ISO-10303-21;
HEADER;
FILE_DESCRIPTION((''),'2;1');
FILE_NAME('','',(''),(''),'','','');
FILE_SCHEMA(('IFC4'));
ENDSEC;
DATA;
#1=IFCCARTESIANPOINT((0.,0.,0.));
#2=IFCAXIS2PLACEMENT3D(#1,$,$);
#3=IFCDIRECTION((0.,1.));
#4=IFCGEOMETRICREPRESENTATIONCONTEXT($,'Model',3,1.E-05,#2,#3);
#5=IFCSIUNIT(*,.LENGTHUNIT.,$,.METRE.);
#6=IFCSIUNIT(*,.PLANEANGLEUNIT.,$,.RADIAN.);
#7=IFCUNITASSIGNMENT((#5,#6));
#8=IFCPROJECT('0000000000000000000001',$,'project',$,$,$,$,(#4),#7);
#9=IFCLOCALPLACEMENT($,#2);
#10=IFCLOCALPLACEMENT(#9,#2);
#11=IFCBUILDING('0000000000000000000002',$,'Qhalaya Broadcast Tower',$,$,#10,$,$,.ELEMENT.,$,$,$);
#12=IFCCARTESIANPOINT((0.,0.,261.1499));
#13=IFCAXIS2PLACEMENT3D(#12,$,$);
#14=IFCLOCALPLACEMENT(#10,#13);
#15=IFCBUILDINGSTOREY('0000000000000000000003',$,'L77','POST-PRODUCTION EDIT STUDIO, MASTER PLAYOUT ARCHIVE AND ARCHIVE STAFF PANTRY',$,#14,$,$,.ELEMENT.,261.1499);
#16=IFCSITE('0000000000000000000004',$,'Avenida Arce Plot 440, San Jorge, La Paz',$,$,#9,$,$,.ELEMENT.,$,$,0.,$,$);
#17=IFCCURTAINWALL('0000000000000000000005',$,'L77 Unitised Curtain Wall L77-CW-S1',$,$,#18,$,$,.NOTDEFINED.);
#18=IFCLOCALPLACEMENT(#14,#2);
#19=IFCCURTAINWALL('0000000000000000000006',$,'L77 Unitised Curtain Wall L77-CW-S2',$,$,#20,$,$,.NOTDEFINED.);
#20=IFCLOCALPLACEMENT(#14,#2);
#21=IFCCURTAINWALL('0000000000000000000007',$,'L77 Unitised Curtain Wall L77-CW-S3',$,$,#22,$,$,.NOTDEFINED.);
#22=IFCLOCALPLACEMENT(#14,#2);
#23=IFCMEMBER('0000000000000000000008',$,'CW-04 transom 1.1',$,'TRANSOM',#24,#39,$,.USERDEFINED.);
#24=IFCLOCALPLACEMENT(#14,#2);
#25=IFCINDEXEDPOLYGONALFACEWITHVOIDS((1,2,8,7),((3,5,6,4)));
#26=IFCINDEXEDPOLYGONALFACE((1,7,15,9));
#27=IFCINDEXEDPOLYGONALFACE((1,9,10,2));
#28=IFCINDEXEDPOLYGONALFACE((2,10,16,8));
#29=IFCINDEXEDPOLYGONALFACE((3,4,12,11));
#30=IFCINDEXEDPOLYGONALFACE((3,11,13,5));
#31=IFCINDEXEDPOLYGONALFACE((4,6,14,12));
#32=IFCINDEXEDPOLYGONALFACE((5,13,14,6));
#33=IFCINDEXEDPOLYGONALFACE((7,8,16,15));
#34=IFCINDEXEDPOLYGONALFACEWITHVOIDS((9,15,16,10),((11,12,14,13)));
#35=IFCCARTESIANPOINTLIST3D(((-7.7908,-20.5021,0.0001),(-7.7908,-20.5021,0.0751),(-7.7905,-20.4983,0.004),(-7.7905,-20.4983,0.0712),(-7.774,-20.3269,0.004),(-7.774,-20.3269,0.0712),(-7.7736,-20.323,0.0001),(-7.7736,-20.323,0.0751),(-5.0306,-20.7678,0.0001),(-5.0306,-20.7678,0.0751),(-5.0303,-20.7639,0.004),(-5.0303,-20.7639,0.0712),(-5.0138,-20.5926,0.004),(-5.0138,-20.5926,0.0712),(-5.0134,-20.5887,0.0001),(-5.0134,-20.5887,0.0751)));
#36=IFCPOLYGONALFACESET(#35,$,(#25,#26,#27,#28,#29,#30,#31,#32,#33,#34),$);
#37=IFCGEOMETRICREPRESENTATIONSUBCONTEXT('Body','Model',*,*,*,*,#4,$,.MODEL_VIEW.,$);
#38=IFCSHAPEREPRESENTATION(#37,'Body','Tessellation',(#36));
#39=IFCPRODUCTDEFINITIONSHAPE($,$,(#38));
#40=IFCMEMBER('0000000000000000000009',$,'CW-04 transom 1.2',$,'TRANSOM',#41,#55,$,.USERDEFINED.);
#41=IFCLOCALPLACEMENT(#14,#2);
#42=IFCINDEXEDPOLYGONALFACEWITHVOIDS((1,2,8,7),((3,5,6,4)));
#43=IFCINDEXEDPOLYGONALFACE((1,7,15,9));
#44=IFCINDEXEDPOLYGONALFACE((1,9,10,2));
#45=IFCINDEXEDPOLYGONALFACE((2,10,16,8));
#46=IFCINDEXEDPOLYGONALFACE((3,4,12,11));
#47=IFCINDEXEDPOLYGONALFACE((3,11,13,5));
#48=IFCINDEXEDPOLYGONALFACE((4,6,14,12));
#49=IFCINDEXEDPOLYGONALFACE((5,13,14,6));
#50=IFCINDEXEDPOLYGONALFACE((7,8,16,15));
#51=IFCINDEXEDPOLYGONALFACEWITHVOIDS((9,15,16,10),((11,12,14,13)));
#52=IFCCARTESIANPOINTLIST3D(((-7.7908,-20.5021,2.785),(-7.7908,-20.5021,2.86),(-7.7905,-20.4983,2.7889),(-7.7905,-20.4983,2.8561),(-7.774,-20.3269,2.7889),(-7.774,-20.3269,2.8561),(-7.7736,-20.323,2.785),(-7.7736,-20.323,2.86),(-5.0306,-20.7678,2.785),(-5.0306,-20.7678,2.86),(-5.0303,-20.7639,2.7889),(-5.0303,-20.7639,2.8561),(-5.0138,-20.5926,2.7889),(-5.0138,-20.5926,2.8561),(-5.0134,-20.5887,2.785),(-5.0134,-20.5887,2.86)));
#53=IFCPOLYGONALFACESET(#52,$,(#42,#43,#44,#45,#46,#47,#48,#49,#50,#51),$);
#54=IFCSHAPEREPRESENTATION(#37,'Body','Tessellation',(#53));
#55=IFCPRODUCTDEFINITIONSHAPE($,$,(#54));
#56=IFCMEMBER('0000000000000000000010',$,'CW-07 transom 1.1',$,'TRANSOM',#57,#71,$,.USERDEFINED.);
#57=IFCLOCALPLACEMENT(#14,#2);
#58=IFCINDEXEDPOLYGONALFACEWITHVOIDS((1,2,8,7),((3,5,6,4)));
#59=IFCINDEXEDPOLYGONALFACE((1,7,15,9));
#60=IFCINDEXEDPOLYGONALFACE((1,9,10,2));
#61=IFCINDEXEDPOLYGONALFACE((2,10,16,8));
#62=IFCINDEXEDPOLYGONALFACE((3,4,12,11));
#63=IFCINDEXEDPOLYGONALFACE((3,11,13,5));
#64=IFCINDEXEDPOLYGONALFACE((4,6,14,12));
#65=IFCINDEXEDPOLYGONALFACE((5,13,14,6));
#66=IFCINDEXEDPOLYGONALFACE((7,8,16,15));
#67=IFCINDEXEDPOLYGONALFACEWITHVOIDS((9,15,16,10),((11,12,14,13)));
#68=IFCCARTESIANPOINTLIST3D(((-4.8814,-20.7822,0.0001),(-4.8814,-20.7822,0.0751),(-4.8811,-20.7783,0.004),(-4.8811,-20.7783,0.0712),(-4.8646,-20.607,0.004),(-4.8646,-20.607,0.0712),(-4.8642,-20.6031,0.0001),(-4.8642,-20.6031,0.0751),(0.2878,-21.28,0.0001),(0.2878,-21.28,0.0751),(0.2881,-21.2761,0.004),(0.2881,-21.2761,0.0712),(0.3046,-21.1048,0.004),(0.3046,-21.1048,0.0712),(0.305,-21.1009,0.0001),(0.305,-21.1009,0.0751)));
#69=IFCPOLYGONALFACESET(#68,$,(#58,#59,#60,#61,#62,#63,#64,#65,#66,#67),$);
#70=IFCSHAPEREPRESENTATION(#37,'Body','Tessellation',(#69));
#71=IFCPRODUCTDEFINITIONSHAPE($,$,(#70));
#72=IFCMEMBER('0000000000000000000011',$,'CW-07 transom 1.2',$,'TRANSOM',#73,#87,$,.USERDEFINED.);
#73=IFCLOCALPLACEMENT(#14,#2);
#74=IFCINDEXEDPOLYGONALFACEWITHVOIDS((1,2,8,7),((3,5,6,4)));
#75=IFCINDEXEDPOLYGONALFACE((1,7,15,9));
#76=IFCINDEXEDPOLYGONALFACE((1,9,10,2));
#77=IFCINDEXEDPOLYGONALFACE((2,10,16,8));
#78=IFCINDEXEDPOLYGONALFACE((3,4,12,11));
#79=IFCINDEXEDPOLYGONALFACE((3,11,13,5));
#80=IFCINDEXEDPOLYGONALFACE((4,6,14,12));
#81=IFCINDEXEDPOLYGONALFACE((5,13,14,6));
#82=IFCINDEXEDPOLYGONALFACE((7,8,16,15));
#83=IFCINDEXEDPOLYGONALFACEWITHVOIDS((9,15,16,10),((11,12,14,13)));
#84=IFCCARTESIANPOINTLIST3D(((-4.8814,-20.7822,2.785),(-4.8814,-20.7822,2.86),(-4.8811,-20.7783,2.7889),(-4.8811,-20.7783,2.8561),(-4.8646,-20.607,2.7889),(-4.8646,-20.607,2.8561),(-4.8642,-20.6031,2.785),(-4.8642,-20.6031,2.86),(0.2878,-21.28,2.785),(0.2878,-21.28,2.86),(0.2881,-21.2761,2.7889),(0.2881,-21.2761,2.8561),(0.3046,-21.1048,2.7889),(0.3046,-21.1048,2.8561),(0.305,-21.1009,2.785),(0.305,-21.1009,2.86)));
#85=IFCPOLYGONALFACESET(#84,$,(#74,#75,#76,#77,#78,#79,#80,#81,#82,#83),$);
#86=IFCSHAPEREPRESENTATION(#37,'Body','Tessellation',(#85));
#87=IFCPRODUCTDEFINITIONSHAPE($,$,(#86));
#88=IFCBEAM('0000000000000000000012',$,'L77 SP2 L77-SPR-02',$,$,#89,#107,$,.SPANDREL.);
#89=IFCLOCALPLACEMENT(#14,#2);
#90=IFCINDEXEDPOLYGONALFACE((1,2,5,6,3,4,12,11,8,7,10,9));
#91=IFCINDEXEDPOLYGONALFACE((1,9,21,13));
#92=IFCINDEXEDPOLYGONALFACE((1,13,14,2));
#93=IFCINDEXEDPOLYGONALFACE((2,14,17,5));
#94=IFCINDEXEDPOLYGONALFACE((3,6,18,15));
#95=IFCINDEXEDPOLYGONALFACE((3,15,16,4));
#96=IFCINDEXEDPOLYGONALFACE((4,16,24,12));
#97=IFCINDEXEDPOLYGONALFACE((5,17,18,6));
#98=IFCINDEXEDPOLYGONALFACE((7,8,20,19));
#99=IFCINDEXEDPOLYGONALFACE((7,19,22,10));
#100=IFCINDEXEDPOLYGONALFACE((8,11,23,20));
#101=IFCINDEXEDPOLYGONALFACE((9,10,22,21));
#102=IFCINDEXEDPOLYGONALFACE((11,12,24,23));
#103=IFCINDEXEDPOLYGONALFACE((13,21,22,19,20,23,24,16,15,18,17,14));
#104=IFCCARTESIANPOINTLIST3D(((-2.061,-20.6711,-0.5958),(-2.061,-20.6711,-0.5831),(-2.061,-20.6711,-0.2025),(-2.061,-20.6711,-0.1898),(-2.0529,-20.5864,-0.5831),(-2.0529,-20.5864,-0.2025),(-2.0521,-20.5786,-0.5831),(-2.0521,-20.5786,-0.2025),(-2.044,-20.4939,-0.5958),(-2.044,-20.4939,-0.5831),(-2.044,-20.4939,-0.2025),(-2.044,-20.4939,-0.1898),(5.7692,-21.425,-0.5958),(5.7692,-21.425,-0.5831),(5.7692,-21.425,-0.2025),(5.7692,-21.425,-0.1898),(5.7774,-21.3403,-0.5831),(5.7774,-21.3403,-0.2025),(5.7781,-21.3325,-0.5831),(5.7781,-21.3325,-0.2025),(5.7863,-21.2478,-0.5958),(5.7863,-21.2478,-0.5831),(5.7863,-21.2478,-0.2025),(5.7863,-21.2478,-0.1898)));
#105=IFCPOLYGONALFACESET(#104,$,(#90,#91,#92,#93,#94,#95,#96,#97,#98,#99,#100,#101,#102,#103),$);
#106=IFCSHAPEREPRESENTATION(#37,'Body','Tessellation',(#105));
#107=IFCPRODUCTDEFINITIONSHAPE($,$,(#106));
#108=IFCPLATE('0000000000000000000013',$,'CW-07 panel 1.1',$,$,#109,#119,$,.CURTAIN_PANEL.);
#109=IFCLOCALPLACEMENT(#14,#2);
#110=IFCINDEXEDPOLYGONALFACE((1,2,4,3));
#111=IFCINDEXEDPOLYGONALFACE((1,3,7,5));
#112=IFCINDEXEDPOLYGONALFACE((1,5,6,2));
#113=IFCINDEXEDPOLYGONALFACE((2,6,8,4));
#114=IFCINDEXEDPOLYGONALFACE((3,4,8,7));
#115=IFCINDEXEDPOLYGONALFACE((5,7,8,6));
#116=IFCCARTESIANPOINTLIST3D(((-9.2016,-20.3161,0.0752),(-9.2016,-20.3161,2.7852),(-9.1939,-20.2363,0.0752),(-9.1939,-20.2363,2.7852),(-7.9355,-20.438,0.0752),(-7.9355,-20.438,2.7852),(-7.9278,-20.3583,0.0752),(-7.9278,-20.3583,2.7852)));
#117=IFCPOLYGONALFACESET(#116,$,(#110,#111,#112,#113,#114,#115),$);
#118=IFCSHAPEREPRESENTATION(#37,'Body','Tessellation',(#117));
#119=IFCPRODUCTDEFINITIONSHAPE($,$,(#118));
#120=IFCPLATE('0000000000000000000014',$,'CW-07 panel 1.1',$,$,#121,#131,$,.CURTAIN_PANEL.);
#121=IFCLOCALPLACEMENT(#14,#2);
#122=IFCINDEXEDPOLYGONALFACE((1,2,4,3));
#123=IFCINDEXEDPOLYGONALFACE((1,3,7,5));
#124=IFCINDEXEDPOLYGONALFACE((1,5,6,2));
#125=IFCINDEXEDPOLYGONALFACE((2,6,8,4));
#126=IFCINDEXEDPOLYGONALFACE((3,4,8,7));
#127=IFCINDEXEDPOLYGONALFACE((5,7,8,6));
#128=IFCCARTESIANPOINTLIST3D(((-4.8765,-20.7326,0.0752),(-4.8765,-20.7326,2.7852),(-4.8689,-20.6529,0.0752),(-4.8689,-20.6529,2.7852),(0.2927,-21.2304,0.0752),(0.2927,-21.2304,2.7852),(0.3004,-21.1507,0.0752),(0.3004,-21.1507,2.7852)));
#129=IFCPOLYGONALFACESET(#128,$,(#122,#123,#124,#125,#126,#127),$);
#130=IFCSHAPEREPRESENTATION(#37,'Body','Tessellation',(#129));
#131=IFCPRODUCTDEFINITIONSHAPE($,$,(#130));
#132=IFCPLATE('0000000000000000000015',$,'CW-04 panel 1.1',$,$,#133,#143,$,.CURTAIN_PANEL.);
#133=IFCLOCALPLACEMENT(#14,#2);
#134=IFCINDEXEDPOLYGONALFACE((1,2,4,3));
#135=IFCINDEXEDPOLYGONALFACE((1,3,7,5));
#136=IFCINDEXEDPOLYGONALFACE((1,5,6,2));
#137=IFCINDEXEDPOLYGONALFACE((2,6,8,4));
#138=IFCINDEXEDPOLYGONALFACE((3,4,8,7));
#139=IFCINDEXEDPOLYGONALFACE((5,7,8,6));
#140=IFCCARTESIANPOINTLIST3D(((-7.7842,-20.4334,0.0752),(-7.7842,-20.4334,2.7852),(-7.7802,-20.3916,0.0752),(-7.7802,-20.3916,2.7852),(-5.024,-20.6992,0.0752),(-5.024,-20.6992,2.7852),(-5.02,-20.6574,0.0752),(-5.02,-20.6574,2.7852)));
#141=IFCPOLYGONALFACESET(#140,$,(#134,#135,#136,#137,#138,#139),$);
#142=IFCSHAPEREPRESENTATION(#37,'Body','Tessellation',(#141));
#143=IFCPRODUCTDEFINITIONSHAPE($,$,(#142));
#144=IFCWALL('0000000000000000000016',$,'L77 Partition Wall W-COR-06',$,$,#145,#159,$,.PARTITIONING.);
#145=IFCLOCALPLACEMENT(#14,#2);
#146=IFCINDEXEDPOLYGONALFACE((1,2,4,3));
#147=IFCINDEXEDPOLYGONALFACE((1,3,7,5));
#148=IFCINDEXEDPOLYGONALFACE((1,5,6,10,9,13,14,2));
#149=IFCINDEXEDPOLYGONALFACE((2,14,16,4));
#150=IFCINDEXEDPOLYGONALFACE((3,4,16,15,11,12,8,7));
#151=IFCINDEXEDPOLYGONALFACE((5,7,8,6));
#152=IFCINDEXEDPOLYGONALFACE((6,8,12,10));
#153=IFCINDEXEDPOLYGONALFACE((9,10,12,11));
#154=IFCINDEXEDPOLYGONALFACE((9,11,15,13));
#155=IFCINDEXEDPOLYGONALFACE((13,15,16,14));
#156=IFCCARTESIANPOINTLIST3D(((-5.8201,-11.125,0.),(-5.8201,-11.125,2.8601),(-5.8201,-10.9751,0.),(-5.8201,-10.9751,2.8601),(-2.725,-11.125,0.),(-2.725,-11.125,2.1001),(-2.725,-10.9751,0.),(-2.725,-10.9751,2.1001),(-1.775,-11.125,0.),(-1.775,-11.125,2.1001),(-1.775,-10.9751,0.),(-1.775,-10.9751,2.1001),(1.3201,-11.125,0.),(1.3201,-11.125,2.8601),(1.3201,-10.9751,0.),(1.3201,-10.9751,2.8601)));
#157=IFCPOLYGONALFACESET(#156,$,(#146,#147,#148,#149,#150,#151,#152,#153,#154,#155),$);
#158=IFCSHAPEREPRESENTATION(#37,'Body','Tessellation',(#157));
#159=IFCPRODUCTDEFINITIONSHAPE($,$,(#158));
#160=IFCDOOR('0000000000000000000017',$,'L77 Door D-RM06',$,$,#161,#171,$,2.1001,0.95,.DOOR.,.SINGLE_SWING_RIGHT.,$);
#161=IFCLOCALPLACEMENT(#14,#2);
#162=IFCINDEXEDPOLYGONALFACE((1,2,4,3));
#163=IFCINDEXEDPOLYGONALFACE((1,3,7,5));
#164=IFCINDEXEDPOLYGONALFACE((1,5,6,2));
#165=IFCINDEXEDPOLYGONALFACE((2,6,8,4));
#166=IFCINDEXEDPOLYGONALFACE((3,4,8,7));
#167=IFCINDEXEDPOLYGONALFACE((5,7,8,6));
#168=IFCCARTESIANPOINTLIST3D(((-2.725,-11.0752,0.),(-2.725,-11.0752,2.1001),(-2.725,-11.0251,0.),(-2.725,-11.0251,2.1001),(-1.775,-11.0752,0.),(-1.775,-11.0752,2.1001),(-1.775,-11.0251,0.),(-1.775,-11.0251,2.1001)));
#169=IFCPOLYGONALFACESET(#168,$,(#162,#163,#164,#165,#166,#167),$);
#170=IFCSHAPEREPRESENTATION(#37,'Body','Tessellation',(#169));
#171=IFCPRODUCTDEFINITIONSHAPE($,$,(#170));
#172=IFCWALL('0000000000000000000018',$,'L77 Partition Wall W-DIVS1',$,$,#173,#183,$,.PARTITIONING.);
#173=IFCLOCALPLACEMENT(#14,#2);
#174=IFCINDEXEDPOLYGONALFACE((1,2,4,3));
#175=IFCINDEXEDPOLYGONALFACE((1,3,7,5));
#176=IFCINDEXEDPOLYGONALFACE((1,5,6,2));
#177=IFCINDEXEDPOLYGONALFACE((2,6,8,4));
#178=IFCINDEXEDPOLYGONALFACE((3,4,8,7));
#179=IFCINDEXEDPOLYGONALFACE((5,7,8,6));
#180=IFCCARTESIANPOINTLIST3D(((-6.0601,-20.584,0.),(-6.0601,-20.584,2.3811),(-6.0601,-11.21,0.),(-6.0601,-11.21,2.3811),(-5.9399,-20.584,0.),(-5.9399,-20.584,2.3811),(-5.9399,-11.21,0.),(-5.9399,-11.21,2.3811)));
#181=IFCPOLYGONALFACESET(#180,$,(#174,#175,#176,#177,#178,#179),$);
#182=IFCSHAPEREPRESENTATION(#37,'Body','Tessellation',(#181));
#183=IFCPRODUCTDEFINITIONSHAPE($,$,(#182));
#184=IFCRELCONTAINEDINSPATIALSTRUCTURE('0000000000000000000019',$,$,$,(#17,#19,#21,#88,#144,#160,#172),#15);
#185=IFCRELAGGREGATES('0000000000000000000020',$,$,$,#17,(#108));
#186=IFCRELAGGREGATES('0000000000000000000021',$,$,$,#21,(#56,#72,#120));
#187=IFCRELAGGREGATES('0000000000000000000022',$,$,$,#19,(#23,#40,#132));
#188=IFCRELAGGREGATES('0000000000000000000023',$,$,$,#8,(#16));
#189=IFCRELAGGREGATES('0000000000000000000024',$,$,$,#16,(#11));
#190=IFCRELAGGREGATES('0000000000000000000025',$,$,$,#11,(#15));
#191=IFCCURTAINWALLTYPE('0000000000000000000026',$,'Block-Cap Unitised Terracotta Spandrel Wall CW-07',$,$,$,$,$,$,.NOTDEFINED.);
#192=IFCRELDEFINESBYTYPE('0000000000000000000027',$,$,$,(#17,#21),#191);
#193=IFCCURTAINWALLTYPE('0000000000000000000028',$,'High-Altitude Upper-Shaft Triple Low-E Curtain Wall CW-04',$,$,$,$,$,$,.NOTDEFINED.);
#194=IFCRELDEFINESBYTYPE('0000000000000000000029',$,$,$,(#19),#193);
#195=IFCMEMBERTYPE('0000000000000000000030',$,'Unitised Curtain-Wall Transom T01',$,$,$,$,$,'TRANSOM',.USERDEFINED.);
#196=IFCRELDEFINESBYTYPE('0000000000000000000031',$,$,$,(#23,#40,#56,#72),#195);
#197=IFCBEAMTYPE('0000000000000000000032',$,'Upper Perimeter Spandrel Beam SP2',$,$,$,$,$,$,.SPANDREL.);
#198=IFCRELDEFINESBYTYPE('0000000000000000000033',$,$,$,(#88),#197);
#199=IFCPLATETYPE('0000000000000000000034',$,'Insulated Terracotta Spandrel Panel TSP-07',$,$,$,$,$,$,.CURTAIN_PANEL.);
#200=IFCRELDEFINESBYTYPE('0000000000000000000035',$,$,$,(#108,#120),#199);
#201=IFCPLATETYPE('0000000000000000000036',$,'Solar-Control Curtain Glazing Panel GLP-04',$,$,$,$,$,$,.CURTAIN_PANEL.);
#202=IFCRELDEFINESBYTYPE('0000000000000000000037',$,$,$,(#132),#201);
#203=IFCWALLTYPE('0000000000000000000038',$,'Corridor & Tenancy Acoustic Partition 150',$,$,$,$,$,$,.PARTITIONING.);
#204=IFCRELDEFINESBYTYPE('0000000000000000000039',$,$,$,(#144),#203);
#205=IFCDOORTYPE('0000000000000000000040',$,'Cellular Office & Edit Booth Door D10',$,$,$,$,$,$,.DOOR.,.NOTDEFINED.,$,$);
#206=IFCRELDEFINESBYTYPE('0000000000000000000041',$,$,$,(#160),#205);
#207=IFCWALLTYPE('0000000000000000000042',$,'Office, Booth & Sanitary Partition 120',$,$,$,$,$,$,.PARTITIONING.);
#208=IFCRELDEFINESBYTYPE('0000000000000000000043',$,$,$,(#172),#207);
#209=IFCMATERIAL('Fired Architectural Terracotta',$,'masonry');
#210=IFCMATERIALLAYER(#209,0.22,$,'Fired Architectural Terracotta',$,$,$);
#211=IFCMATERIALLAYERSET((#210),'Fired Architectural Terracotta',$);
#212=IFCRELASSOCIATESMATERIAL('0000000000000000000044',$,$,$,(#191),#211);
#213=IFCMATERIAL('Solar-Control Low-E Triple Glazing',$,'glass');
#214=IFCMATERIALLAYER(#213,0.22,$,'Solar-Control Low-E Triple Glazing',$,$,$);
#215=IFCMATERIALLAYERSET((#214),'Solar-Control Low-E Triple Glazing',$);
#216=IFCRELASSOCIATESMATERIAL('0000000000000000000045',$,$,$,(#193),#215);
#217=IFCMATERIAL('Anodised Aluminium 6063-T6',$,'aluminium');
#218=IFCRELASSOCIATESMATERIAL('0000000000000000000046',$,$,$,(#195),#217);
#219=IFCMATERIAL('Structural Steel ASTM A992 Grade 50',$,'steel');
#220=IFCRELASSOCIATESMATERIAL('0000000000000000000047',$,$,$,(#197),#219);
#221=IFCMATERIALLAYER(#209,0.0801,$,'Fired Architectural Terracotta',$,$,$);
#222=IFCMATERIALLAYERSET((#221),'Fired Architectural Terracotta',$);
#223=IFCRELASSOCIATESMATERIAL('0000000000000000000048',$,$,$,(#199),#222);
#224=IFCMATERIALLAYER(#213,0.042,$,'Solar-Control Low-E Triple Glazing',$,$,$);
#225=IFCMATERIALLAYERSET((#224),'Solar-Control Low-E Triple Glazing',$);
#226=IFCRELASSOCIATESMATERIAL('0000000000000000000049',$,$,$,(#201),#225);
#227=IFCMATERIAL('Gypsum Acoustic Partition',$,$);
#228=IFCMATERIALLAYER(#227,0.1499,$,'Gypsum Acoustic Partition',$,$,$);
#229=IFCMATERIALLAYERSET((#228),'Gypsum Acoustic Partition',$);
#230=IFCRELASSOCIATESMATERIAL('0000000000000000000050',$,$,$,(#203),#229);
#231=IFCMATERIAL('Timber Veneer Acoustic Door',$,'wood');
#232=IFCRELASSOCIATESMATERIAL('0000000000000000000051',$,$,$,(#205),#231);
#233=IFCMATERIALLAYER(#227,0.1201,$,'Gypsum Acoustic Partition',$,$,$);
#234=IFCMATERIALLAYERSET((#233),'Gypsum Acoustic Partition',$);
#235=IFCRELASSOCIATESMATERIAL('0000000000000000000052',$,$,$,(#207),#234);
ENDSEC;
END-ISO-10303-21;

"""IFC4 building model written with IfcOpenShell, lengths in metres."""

from ifc_helpers import new_model, si_unit, direction, frame, frame_2d, origin, origin_2d, place, context, subcontext, project, spatial, rectangle, hollow_rectangle, i_section, extrude, material, layer, layer_set, material_profile, profile_set, type_object, element, fill, aggregate, save


model = new_model("IFC4")

# Units and contexts
model_context = context("Model", 3, precision=1e-05, world=origin(), true_north=direction((0.0, 1.0)))
body_context = subcontext(model_context, "Body", "Model", "MODEL_VIEW")
ifc_project = project(units=[si_unit("LENGTHUNIT", "METRE"), si_unit("PLANEANGLEUNIT", "RADIAN")], contexts=[model_context])

# Site, building, storey
site_placement = place(None, origin())
site = spatial("IfcSite", under=ifc_project, at=site_placement, Name="Avenida Arce Plot 440, San Jorge, La Paz", CompositionType="ELEMENT", RefElevation=0.0)
building_placement = place(site_placement, origin())
building = spatial("IfcBuilding", under=site, at=building_placement, Name="Qhalaya Broadcast Tower", CompositionType="ELEMENT")
storey_placement = place(building_placement, frame((0.0, 0.0, 261.1499)))
storey = spatial("IfcBuildingStorey", under=building, at=storey_placement, Name="L77", Description="POST-PRODUCTION EDIT STUDIO, MASTER PLAYOUT ARCHIVE AND ARCHIVE STAFF PANTRY", CompositionType="ELEMENT", Elevation=261.1499)

# Shared definitions
ifc_material_1 = material(Name="Structural Steel ASTM A992 Grade 50", Category="steel")

# Curtain wall
ifc_material_2 = material(Name="Fired Architectural Terracotta", Category="masonry")
ifc_layer_1 = layer(ifc_material_2, 0.22, Name="Fired Architectural Terracotta")
ifc_layer_set_1 = layer_set([ifc_layer_1], Name="Fired Architectural Terracotta")
curtain_wall_type_1 = type_object("IfcCurtainWallType", Name="Block-Cap Unitised Terracotta Spandrel Wall CW-07", PredefinedType="NOTDEFINED", material=ifc_layer_set_1)
curtain_wall_1_placement = place(storey_placement, origin())
curtain_wall_1 = element("IfcCurtainWall", 1, at=curtain_wall_1_placement, inside=storey, type_object=curtain_wall_type_1, Name="L77 Unitised Curtain Wall L77-CW-S1", PredefinedType="NOTDEFINED")
ifc_material_3 = material(Name="Anodised Aluminium 6063-T6", Category="aluminium")

# Curtain walls
ifc_material_4 = material(Name="Solar-Control Low-E Triple Glazing", Category="glass")
ifc_layer_2 = layer(ifc_material_4, 0.22, Name="Solar-Control Low-E Triple Glazing")
ifc_layer_set_2 = layer_set([ifc_layer_2], Name="Solar-Control Low-E Triple Glazing")
curtain_wall_type_2 = type_object("IfcCurtainWallType", Name="High-Altitude Upper-Shaft Triple Low-E Curtain Wall CW-04", PredefinedType="NOTDEFINED", material=ifc_layer_set_2)
curtain_wall_2_placement = place(storey_placement, origin())
curtain_wall_2 = element("IfcCurtainWall", 2, at=curtain_wall_2_placement, inside=storey, type_object=curtain_wall_type_2, Name="L77 Unitised Curtain Wall L77-CW-S2", PredefinedType="NOTDEFINED")
curtain_wall_3_placement = place(storey_placement, origin())
curtain_wall_3 = element("IfcCurtainWall", 3, at=curtain_wall_3_placement, inside=storey, type_object=curtain_wall_type_1, Name="L77 Unitised Curtain Wall L77-CW-S3", PredefinedType="NOTDEFINED")

# Members
ifc_material_profile_1 = material_profile(ifc_material_3, hollow_rectangle(XDim=0.075, YDim=0.1799, WallThickness=0.0039, at=origin_2d()), Name="ALU-TRN 75x180x4")
ifc_profile_set_1 = profile_set([ifc_material_profile_1], Name="Anodised Aluminium 6063-T6")
member_type_1 = type_object("IfcMemberType", Name="Unitised Curtain-Wall Transom T01", ElementType="TRANSOM", PredefinedType="USERDEFINED", material=ifc_profile_set_1)
member_1_placement = place(storey_placement, frame((-7.7822, -20.4126, 0.0376), z_axis=(0.995402, -0.09579, 0.0), x_axis=(0.0, 0.0, 1.0)))
member_1 = element("IfcMember", 4, at=member_1_placement, type_object=member_type_1, Name="CW-04 transom 1.1", ObjectType="TRANSOM", PredefinedType="USERDEFINED", context=body_context, shape_type="SweptSolid", body=[
    extrude(hollow_rectangle(XDim=0.075, YDim=0.1799, WallThickness=0.0039, at=origin_2d()), origin(), (0.0, 0.0, 1.0), 2.7729),
])
member_2_placement = place(storey_placement, frame((-7.7822, -20.4126, 2.8225), z_axis=(0.995402, -0.09579, 0.0), x_axis=(0.0, 0.0, 1.0)))
member_2 = element("IfcMember", 5, at=member_2_placement, type_object=member_type_1, Name="CW-04 transom 1.2", ObjectType="TRANSOM", PredefinedType="USERDEFINED", context=body_context, shape_type="SweptSolid", body=[
    extrude(hollow_rectangle(XDim=0.075, YDim=0.1799, WallThickness=0.0039, at=origin_2d()), origin(), (0.0, 0.0, 1.0), 2.7729),
])
member_3_placement = place(storey_placement, frame((-4.8728, -20.6926, 0.0376), z_axis=(0.995395, -0.095858, 0.0), x_axis=(0.0, 0.0, 1.0)))
member_3 = element("IfcMember", 6, at=member_3_placement, type_object=member_type_1, Name="CW-07 transom 1.1", ObjectType="TRANSOM", PredefinedType="USERDEFINED", context=body_context, shape_type="SweptSolid", body=[
    extrude(hollow_rectangle(XDim=0.075, YDim=0.1799, WallThickness=0.0039, at=origin_2d()), origin(), (0.0, 0.0, 1.0), 5.1931),
])
member_4_placement = place(storey_placement, frame((-4.8728, -20.6926, 2.8225), z_axis=(0.995395, -0.095858, 0.0), x_axis=(0.0, 0.0, 1.0)))
member_4 = element("IfcMember", 7, at=member_4_placement, type_object=member_type_1, Name="CW-07 transom 1.2", ObjectType="TRANSOM", PredefinedType="USERDEFINED", context=body_context, shape_type="SweptSolid", body=[
    extrude(hollow_rectangle(XDim=0.075, YDim=0.1799, WallThickness=0.0039, at=origin_2d()), origin(), (0.0, 0.0, 1.0), 5.1931),
])

# Beam
ifc_material_profile_2 = material_profile(ifc_material_1, i_section(OverallWidth=0.178, OverallDepth=0.406, WebThickness=0.0078, FlangeThickness=0.0127, at=origin_2d()), Name="W16X40")
ifc_profile_set_2 = profile_set([ifc_material_profile_2], Name="Structural Steel ASTM A992 Grade 50")
beam_type_1 = type_object("IfcBeamType", Name="Upper Perimeter Spandrel Beam SP2", PredefinedType="SPANDREL", material=ifc_profile_set_2)
beam_1_placement = place(storey_placement, frame((-2.0525, -20.5825, -0.3928), z_axis=(0.995397, -0.095837, 0.0), x_axis=(0.095837, 0.995397, 0.0)))
element("IfcBeam", 8, at=beam_1_placement, inside=storey, type_object=beam_type_1, Name="L77 SP2 L77-SPR-02", PredefinedType="SPANDREL", context=body_context, shape_type="SweptSolid", body=[
    extrude(i_section(OverallWidth=0.178, OverallDepth=0.406, WebThickness=0.0078, FlangeThickness=0.0127, at=origin_2d()), origin(), (0.0, 0.0, 1.0), 7.8665),
])

# Plates
ifc_layer_3 = layer(ifc_material_2, 0.0801, Name="Fired Architectural Terracotta")
ifc_layer_set_3 = layer_set([ifc_layer_3], Name="Fired Architectural Terracotta")
plate_type_1 = type_object("IfcPlateType", Name="Insulated Terracotta Spandrel Panel TSP-07", PredefinedType="CURTAIN_PANEL", material=ifc_layer_set_3)
plate_1_placement = place(storey_placement, frame((-8.5647, -20.3372, 0.0752), z_axis=(0.0, 0.0, 1.0), x_axis=(0.995396, -0.095848, 0.0)))
plate_1 = element("IfcPlate", 9, at=plate_1_placement, type_object=plate_type_1, Name="CW-07 panel 1.1", PredefinedType="CURTAIN_PANEL", context=body_context, shape_type="SweptSolid", body=[
    extrude(rectangle(XDim=1.272, YDim=0.0801, at=origin_2d()), origin(), (0.0, 0.0, 1.0), 2.71),
])
aggregate(curtain_wall_1, [plate_1])
plate_2_placement = place(storey_placement, frame((-2.2881, -20.9417, 0.0752), z_axis=(0.0, 0.0, 1.0), x_axis=(0.995396, -0.095845, 0.0)))
plate_2 = element("IfcPlate", 10, at=plate_2_placement, type_object=plate_type_1, Name="CW-07 panel 1.1", PredefinedType="CURTAIN_PANEL", context=body_context, shape_type="SweptSolid", body=[
    extrude(rectangle(XDim=5.1931, YDim=0.0801, at=origin_2d()), origin(), (0.0, 0.0, 1.0), 2.71),
])
aggregate(curtain_wall_3, [member_3, member_4, plate_2])
ifc_layer_4 = layer(ifc_material_4, 0.042, Name="Solar-Control Low-E Triple Glazing")
ifc_layer_set_4 = layer_set([ifc_layer_4], Name="Solar-Control Low-E Triple Glazing")
plate_type_2 = type_object("IfcPlateType", Name="Solar-Control Curtain Glazing Panel GLP-04", PredefinedType="CURTAIN_PANEL", material=ifc_layer_set_4)
plate_3_placement = place(storey_placement, frame((-6.4021, -20.5454, 0.0752), z_axis=(0.0, 0.0, 1.0), x_axis=(0.995395, -0.095862, 0.0)))
plate_3 = element("IfcPlate", 11, at=plate_3_placement, type_object=plate_type_2, Name="CW-04 panel 1.1", PredefinedType="CURTAIN_PANEL", context=body_context, shape_type="SweptSolid", body=[
    extrude(rectangle(XDim=2.7729, YDim=0.042, at=origin_2d()), origin(), (0.0, 0.0, 1.0), 2.71),
])
aggregate(curtain_wall_2, [member_1, member_2, plate_3])

# Wall, opening, door
ifc_material_5 = material(Name="Gypsum Acoustic Partition")
ifc_layer_5 = layer(ifc_material_5, 0.1499, Name="Gypsum Acoustic Partition")
ifc_layer_set_5 = layer_set([ifc_layer_5], Name="Gypsum Acoustic Partition")
wall_type_1 = type_object("IfcWallType", Name="Corridor & Tenancy Acoustic Partition 150", PredefinedType="PARTITIONING", material=ifc_layer_set_5)
wall_1_placement = place(storey_placement, frame((-5.8201, -11.05, 0.0), z_axis=(0.0, 0.0, 1.0), x_axis=(1.0, 0.0, 0.0)))
wall_1 = element("IfcWall", 12, at=wall_1_placement, inside=storey, type_object=wall_type_1, Name="L77 Partition Wall W-COR-06", PredefinedType="PARTITIONING", context=body_context, shape_type="SweptSolid", body=[
    extrude(rectangle(XDim=7.1401, YDim=0.1499, at=frame_2d((3.5701, 0.0))), origin(), (0.0, 0.0, 1.0), 2.8601),
])
opening_placement = place(wall_1_placement, frame((3.095, 0.0, 0.0)))
opening = element("IfcOpeningElement", 13, at=opening_placement, cuts=wall_1, PredefinedType="OPENING", context=body_context, shape_type="SweptSolid", body=[
    extrude(rectangle(XDim=0.95, YDim=2.1001, at=frame_2d((0.4751, 1.05))), frame((0.0, 0.0869, 0.0), z_axis=(0.0, -1.0, 0.0), x_axis=(1.0, 0.0, 0.0)), (0.0, 0.0, 1.0), 0.1738),
])
ifc_material_6 = material(Name="Timber Veneer Acoustic Door", Category="wood")
door_type = type_object("IfcDoorType", Name="Cellular Office & Edit Booth Door D10", OperationType="NOTDEFINED", PredefinedType="DOOR", material=ifc_material_6)
door_placement = place(opening_placement, origin())
door = element("IfcDoor", 14, at=door_placement, inside=storey, type_object=door_type, Name="L77 Door D-RM06", OperationType="SINGLE_SWING_RIGHT", OverallHeight=2.1001, OverallWidth=0.95, PredefinedType="DOOR", context=body_context, shape_type="SweptSolid", body=[
    extrude(rectangle(XDim=0.95, YDim=2.1001, at=frame_2d((0.4751, 1.05))), frame((0.0, 0.0249, 0.0), z_axis=(0.0, -1.0, 0.0), x_axis=(1.0, 0.0, 0.0)), (0.0, 0.0, 1.0), 0.05),
])
fill(opening, door)

# Wall
ifc_layer_6 = layer(ifc_material_5, 0.1201, Name="Gypsum Acoustic Partition")
ifc_layer_set_6 = layer_set([ifc_layer_6], Name="Gypsum Acoustic Partition")
wall_type_2 = type_object("IfcWallType", Name="Office, Booth & Sanitary Partition 120", PredefinedType="PARTITIONING", material=ifc_layer_set_6)
wall_2_placement = place(storey_placement, frame((-6.0, -20.584, 0.0), z_axis=(0.0, 0.0, 1.0), x_axis=(0.0, 1.0, 0.0)))
element("IfcWall", 15, at=wall_2_placement, inside=storey, type_object=wall_type_2, Name="L77 Partition Wall W-DIVS1", PredefinedType="PARTITIONING", context=body_context, shape_type="SweptSolid", body=[
    extrude(rectangle(XDim=9.374, YDim=0.1201, at=frame_2d((4.687, 0.0))), origin(), (0.0, 0.0, 1.0), 2.3811),
])

save(model, "model.ifc")
